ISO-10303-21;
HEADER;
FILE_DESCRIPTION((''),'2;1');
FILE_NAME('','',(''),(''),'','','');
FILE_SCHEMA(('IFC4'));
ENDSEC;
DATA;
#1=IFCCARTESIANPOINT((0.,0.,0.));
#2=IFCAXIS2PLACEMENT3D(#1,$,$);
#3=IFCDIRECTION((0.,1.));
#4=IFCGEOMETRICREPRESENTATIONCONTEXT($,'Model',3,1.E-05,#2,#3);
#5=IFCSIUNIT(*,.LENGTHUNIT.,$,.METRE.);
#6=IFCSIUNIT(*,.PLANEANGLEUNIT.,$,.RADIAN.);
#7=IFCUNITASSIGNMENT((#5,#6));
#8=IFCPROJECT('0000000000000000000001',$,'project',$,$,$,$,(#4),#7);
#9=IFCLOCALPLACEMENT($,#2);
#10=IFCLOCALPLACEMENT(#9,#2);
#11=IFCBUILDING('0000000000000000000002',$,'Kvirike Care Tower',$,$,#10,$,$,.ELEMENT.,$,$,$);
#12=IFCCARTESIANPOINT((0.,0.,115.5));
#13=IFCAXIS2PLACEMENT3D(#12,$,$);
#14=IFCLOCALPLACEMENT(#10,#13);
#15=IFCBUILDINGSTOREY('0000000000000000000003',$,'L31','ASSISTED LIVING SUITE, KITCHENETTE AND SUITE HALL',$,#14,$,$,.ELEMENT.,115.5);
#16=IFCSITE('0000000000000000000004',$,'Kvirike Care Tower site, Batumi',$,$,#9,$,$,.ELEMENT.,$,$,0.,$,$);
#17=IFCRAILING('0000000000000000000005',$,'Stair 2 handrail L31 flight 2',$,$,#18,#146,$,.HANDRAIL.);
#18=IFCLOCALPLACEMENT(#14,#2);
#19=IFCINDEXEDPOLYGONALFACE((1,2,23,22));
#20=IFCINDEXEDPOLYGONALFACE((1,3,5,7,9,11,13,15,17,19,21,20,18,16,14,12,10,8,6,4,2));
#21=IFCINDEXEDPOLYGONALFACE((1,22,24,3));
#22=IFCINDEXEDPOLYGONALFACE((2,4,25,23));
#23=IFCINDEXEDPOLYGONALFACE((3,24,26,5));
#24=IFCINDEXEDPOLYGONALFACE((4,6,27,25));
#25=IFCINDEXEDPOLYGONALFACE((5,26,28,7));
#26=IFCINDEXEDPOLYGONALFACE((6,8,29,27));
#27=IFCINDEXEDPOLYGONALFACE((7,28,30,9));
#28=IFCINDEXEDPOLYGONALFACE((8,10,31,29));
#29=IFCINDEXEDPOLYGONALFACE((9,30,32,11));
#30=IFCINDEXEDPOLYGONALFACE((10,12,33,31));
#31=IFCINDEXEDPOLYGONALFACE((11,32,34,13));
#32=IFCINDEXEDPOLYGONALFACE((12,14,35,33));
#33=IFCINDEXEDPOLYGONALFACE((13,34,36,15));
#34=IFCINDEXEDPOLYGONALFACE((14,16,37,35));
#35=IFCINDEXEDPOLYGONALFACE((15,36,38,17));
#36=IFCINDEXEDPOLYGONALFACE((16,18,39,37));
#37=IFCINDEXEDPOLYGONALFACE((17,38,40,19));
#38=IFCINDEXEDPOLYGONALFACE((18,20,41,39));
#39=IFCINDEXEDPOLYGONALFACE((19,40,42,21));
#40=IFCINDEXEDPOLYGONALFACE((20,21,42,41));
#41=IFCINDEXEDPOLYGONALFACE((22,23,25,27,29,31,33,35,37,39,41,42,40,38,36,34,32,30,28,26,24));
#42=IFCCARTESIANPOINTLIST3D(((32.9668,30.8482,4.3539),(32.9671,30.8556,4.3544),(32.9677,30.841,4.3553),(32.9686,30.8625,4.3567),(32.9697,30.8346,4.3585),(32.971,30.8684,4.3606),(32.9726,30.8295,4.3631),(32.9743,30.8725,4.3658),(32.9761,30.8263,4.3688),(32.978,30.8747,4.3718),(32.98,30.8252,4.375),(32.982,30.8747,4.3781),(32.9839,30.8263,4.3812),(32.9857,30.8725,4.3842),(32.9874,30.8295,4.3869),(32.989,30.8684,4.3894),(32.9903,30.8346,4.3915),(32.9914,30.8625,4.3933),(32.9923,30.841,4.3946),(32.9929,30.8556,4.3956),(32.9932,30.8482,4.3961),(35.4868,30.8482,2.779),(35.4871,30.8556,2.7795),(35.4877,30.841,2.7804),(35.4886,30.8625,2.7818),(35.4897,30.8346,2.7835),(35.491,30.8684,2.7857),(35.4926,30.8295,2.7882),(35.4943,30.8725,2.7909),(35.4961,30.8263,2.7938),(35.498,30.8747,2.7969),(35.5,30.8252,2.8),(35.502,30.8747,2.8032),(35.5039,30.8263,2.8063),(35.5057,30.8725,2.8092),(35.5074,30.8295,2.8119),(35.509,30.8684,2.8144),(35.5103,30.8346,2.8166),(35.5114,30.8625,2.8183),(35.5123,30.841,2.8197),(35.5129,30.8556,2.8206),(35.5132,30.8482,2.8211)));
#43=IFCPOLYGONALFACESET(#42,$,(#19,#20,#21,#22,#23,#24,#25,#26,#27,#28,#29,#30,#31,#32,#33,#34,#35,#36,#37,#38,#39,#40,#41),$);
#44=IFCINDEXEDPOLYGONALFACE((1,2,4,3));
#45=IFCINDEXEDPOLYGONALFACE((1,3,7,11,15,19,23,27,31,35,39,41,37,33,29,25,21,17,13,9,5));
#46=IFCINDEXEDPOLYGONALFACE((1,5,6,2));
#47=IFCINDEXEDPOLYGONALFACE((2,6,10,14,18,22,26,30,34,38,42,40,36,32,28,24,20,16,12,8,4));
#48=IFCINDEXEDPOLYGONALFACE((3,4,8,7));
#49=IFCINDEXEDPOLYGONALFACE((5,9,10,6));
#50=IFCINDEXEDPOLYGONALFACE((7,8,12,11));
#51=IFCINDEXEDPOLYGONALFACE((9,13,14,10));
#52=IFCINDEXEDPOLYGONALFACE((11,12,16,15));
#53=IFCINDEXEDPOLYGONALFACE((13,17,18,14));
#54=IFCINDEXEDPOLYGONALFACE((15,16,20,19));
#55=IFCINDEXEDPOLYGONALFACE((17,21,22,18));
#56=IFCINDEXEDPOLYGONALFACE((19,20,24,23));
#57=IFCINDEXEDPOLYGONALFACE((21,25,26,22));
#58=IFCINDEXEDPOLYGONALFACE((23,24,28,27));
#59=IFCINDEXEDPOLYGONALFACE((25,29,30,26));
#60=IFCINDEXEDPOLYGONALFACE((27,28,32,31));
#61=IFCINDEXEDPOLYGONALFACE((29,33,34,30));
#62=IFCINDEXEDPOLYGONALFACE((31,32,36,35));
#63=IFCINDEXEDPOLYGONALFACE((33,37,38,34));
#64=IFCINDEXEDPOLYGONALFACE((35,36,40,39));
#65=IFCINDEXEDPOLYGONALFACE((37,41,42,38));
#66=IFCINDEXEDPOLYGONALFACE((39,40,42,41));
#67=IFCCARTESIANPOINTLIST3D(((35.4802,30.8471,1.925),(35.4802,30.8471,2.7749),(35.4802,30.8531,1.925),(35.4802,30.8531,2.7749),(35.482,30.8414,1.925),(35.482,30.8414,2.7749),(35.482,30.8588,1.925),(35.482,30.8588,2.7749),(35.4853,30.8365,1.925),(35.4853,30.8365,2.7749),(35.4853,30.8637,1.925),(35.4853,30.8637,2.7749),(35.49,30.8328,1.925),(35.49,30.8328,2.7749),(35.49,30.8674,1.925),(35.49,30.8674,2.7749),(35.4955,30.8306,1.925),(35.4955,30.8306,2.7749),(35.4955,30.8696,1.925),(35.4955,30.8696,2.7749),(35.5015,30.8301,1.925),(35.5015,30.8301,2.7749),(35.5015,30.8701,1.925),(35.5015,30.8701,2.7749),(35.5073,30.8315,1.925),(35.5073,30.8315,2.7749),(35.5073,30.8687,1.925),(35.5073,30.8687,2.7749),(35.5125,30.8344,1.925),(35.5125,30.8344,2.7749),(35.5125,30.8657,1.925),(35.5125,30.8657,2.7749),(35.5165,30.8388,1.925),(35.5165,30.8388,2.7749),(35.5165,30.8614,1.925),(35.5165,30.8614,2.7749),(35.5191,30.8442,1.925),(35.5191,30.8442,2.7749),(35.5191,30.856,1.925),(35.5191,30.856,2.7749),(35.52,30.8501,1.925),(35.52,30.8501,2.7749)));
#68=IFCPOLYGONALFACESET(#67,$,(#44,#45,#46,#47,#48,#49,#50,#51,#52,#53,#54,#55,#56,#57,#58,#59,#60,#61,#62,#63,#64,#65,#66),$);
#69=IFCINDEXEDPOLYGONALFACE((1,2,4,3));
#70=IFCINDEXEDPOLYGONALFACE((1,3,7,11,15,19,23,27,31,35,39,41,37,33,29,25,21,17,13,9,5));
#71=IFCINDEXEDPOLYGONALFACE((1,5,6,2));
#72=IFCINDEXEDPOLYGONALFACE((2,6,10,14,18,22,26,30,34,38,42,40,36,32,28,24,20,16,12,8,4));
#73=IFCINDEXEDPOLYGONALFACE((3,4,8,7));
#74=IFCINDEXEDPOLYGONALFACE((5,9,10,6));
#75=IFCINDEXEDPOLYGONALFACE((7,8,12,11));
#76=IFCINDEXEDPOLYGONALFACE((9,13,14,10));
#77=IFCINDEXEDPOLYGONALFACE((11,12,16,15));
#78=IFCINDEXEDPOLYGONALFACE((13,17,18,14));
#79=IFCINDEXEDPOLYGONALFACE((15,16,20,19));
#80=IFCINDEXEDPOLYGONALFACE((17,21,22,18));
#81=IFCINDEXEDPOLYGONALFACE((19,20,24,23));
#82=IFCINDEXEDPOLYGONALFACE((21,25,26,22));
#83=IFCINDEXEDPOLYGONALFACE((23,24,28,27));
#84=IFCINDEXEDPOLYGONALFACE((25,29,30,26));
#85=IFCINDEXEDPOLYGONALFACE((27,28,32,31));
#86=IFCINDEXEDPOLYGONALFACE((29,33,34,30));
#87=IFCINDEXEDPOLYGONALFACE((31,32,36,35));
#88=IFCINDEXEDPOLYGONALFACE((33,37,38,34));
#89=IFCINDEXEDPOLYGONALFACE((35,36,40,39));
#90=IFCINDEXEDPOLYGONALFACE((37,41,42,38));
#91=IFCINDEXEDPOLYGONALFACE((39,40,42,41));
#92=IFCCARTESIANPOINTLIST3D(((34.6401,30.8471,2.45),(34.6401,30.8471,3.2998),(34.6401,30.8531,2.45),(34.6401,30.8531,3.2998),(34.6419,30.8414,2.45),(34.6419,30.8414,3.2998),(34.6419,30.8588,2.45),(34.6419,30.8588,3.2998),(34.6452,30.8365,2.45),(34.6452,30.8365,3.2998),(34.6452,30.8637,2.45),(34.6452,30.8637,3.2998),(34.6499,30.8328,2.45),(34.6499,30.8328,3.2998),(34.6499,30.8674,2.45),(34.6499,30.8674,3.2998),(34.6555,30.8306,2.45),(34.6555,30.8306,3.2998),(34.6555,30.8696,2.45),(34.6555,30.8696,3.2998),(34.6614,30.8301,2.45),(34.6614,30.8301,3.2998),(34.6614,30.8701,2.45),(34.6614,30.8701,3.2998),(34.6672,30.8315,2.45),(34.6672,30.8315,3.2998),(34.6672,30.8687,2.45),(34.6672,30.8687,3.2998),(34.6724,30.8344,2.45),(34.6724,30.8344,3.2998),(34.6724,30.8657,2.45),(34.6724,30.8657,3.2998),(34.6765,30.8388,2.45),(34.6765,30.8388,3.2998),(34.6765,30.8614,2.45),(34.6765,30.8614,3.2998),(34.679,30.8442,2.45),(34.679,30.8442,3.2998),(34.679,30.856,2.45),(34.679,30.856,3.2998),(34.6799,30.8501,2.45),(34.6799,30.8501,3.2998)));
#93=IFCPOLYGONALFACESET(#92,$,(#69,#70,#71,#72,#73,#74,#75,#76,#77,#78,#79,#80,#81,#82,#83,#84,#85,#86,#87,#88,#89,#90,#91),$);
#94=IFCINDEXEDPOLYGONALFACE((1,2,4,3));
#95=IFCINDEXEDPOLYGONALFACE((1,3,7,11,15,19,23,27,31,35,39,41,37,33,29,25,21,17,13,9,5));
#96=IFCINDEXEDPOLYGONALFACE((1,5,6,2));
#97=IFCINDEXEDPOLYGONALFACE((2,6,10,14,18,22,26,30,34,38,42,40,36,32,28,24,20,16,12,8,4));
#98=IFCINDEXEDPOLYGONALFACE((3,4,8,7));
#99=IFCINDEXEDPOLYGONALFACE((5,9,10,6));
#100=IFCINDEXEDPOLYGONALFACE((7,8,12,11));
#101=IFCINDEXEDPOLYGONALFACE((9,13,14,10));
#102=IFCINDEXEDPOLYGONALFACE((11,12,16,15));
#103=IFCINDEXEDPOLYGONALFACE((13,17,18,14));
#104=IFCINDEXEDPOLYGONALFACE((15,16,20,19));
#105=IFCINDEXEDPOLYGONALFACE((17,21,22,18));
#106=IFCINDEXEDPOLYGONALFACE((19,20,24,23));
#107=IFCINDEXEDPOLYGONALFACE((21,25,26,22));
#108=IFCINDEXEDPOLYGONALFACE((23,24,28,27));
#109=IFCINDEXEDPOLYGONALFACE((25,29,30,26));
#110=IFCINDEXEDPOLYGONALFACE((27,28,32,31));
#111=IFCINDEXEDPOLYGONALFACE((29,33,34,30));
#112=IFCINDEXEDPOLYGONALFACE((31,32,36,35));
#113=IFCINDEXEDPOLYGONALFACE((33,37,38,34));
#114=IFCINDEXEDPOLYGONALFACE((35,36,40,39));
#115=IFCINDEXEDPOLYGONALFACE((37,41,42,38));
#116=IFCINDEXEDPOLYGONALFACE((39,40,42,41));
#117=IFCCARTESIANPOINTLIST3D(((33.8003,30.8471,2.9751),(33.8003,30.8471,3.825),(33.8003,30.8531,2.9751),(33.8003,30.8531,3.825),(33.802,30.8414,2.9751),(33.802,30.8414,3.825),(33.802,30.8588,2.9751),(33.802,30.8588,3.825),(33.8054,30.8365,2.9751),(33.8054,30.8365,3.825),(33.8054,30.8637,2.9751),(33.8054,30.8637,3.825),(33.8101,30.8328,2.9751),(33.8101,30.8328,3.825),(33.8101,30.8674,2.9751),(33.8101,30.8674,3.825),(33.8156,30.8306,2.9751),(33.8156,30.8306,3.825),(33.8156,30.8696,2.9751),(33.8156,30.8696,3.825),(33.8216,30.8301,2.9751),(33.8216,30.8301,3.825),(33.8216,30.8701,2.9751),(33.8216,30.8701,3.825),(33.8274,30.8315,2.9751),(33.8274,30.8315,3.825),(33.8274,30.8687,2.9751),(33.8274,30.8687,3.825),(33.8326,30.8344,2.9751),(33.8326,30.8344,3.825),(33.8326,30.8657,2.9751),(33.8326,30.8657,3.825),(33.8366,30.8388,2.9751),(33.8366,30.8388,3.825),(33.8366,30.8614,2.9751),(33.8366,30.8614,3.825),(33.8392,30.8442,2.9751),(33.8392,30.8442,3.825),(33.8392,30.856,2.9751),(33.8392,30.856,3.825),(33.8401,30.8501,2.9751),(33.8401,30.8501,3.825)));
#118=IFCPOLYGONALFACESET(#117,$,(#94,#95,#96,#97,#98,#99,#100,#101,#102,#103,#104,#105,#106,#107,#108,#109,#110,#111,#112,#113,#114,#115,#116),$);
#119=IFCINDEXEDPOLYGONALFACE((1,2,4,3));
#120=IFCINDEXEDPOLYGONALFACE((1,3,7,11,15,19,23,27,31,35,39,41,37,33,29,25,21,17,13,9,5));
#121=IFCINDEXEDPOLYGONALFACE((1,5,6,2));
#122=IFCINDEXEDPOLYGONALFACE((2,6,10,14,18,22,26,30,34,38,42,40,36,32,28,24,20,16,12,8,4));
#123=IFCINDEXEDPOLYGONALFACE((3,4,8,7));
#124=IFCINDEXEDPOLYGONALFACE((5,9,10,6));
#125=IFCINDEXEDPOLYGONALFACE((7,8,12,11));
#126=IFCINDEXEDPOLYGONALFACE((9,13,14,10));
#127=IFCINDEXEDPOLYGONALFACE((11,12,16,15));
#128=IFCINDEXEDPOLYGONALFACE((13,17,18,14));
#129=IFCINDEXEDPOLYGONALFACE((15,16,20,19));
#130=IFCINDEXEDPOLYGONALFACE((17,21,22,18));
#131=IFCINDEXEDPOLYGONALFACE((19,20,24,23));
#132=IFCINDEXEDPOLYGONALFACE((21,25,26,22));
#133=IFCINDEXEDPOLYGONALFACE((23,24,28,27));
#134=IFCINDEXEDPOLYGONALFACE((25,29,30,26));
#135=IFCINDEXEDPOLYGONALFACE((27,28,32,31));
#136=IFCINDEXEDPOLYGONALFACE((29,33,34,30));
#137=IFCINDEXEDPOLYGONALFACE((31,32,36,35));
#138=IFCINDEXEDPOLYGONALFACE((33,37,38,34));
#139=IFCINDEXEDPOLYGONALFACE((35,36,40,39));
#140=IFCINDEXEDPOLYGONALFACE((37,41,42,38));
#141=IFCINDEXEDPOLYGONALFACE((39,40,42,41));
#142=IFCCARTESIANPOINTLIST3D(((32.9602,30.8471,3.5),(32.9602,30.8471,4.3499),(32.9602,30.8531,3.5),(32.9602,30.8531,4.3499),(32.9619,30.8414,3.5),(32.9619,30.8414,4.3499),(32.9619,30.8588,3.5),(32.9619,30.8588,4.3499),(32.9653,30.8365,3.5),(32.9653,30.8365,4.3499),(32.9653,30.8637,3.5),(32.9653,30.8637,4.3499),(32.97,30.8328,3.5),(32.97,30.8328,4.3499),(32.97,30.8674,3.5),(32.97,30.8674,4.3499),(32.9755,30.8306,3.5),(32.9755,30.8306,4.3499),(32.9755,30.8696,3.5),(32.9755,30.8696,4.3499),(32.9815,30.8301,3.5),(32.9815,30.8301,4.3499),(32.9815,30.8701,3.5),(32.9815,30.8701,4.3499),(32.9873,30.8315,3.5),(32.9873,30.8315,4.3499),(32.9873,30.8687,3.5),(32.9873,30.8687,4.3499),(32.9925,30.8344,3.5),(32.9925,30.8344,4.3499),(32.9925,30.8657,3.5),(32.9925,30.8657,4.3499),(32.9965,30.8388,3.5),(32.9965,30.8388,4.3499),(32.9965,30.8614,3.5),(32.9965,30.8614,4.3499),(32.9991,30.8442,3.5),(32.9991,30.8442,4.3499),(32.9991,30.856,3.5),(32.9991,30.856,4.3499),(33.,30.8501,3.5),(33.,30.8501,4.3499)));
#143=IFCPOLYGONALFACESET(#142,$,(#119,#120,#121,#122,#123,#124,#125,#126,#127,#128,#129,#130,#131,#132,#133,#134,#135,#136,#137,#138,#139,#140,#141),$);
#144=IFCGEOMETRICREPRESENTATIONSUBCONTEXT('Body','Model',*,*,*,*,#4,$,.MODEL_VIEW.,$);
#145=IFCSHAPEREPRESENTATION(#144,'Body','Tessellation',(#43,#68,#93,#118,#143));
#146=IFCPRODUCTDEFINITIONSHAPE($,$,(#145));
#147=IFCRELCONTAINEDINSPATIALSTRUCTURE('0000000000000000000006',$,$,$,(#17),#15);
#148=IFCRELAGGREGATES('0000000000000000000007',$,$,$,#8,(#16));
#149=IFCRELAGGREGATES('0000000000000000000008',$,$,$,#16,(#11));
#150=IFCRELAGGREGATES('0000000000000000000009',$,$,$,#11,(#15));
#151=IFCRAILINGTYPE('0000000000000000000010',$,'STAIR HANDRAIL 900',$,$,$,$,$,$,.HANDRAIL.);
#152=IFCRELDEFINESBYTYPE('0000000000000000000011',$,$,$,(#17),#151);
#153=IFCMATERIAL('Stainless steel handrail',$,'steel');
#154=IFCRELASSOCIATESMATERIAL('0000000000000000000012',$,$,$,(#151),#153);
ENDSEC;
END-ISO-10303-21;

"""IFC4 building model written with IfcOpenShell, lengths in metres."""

from ifc_helpers import new_model, si_unit, direction, frame, origin, origin_2d, place, context, subcontext, project, spatial, circle, extrude, material, type_object, element, save


model = new_model("IFC4")

# Units and contexts
model_context = context("Model", 3, precision=1e-05, world=origin(), true_north=direction((0.0, 1.0)))
body_context = subcontext(model_context, "Body", "Model", "MODEL_VIEW")
ifc_project = project(units=[si_unit("LENGTHUNIT", "METRE"), si_unit("PLANEANGLEUNIT", "RADIAN")], contexts=[model_context])

# Site, building, storey
site_placement = place(None, origin())
site = spatial("IfcSite", under=ifc_project, at=site_placement, Name="Kvirike Care Tower site, Batumi", CompositionType="ELEMENT", RefElevation=0.0)
building_placement = place(site_placement, origin())
building = spatial("IfcBuilding", under=site, at=building_placement, Name="Kvirike Care Tower", CompositionType="ELEMENT")
storey_placement = place(building_placement, frame((0.0, 0.0, 115.5)))
storey = spatial("IfcBuildingStorey", under=building, at=storey_placement, Name="L31", Description="ASSISTED LIVING SUITE, KITCHENETTE AND SUITE HALL", CompositionType="ELEMENT", Elevation=115.5)

# Railing
ifc_material_1 = material(Name="Stainless steel handrail", Category="steel")
railing_type = type_object("IfcRailingType", Name="STAIR HANDRAIL 900", PredefinedType="HANDRAIL", material=ifc_material_1)
railing_1_placement = place(storey_placement, frame((35.5, 30.8501, 1.925)))
element("IfcRailing", 1, at=railing_1_placement, inside=storey, type_object=railing_type, Name="Stair 2 handrail L31 flight 2", PredefinedType="HANDRAIL", context=body_context, shape_type="SweptSolid", body=[
    extrude(circle(Radius=0.0249, at=origin_2d()), frame((0.0, 0.0, 0.875), z_axis=(-0.848008, 0.0, 0.529984), x_axis=(0.0, -1.0, 0.0)), (0.0, 0.0, 1.0), 2.9717),
    extrude(circle(Radius=0.02, at=origin_2d()), origin(), (0.0, 0.0, 1.0), 0.8499),
    extrude(circle(Radius=0.02, at=origin_2d()), frame((-0.8401, 0.0, 0.5249)), (0.0, 0.0, 1.0), 0.8499),
    extrude(circle(Radius=0.02, at=origin_2d()), frame((-1.6799, 0.0, 1.05)), (0.0, 0.0, 1.0), 0.8499),
    extrude(circle(Radius=0.02, at=origin_2d()), frame((-2.52, 0.0, 1.575)), (0.0, 0.0, 1.0), 0.8499),
])

save(model, "model.ifc")
